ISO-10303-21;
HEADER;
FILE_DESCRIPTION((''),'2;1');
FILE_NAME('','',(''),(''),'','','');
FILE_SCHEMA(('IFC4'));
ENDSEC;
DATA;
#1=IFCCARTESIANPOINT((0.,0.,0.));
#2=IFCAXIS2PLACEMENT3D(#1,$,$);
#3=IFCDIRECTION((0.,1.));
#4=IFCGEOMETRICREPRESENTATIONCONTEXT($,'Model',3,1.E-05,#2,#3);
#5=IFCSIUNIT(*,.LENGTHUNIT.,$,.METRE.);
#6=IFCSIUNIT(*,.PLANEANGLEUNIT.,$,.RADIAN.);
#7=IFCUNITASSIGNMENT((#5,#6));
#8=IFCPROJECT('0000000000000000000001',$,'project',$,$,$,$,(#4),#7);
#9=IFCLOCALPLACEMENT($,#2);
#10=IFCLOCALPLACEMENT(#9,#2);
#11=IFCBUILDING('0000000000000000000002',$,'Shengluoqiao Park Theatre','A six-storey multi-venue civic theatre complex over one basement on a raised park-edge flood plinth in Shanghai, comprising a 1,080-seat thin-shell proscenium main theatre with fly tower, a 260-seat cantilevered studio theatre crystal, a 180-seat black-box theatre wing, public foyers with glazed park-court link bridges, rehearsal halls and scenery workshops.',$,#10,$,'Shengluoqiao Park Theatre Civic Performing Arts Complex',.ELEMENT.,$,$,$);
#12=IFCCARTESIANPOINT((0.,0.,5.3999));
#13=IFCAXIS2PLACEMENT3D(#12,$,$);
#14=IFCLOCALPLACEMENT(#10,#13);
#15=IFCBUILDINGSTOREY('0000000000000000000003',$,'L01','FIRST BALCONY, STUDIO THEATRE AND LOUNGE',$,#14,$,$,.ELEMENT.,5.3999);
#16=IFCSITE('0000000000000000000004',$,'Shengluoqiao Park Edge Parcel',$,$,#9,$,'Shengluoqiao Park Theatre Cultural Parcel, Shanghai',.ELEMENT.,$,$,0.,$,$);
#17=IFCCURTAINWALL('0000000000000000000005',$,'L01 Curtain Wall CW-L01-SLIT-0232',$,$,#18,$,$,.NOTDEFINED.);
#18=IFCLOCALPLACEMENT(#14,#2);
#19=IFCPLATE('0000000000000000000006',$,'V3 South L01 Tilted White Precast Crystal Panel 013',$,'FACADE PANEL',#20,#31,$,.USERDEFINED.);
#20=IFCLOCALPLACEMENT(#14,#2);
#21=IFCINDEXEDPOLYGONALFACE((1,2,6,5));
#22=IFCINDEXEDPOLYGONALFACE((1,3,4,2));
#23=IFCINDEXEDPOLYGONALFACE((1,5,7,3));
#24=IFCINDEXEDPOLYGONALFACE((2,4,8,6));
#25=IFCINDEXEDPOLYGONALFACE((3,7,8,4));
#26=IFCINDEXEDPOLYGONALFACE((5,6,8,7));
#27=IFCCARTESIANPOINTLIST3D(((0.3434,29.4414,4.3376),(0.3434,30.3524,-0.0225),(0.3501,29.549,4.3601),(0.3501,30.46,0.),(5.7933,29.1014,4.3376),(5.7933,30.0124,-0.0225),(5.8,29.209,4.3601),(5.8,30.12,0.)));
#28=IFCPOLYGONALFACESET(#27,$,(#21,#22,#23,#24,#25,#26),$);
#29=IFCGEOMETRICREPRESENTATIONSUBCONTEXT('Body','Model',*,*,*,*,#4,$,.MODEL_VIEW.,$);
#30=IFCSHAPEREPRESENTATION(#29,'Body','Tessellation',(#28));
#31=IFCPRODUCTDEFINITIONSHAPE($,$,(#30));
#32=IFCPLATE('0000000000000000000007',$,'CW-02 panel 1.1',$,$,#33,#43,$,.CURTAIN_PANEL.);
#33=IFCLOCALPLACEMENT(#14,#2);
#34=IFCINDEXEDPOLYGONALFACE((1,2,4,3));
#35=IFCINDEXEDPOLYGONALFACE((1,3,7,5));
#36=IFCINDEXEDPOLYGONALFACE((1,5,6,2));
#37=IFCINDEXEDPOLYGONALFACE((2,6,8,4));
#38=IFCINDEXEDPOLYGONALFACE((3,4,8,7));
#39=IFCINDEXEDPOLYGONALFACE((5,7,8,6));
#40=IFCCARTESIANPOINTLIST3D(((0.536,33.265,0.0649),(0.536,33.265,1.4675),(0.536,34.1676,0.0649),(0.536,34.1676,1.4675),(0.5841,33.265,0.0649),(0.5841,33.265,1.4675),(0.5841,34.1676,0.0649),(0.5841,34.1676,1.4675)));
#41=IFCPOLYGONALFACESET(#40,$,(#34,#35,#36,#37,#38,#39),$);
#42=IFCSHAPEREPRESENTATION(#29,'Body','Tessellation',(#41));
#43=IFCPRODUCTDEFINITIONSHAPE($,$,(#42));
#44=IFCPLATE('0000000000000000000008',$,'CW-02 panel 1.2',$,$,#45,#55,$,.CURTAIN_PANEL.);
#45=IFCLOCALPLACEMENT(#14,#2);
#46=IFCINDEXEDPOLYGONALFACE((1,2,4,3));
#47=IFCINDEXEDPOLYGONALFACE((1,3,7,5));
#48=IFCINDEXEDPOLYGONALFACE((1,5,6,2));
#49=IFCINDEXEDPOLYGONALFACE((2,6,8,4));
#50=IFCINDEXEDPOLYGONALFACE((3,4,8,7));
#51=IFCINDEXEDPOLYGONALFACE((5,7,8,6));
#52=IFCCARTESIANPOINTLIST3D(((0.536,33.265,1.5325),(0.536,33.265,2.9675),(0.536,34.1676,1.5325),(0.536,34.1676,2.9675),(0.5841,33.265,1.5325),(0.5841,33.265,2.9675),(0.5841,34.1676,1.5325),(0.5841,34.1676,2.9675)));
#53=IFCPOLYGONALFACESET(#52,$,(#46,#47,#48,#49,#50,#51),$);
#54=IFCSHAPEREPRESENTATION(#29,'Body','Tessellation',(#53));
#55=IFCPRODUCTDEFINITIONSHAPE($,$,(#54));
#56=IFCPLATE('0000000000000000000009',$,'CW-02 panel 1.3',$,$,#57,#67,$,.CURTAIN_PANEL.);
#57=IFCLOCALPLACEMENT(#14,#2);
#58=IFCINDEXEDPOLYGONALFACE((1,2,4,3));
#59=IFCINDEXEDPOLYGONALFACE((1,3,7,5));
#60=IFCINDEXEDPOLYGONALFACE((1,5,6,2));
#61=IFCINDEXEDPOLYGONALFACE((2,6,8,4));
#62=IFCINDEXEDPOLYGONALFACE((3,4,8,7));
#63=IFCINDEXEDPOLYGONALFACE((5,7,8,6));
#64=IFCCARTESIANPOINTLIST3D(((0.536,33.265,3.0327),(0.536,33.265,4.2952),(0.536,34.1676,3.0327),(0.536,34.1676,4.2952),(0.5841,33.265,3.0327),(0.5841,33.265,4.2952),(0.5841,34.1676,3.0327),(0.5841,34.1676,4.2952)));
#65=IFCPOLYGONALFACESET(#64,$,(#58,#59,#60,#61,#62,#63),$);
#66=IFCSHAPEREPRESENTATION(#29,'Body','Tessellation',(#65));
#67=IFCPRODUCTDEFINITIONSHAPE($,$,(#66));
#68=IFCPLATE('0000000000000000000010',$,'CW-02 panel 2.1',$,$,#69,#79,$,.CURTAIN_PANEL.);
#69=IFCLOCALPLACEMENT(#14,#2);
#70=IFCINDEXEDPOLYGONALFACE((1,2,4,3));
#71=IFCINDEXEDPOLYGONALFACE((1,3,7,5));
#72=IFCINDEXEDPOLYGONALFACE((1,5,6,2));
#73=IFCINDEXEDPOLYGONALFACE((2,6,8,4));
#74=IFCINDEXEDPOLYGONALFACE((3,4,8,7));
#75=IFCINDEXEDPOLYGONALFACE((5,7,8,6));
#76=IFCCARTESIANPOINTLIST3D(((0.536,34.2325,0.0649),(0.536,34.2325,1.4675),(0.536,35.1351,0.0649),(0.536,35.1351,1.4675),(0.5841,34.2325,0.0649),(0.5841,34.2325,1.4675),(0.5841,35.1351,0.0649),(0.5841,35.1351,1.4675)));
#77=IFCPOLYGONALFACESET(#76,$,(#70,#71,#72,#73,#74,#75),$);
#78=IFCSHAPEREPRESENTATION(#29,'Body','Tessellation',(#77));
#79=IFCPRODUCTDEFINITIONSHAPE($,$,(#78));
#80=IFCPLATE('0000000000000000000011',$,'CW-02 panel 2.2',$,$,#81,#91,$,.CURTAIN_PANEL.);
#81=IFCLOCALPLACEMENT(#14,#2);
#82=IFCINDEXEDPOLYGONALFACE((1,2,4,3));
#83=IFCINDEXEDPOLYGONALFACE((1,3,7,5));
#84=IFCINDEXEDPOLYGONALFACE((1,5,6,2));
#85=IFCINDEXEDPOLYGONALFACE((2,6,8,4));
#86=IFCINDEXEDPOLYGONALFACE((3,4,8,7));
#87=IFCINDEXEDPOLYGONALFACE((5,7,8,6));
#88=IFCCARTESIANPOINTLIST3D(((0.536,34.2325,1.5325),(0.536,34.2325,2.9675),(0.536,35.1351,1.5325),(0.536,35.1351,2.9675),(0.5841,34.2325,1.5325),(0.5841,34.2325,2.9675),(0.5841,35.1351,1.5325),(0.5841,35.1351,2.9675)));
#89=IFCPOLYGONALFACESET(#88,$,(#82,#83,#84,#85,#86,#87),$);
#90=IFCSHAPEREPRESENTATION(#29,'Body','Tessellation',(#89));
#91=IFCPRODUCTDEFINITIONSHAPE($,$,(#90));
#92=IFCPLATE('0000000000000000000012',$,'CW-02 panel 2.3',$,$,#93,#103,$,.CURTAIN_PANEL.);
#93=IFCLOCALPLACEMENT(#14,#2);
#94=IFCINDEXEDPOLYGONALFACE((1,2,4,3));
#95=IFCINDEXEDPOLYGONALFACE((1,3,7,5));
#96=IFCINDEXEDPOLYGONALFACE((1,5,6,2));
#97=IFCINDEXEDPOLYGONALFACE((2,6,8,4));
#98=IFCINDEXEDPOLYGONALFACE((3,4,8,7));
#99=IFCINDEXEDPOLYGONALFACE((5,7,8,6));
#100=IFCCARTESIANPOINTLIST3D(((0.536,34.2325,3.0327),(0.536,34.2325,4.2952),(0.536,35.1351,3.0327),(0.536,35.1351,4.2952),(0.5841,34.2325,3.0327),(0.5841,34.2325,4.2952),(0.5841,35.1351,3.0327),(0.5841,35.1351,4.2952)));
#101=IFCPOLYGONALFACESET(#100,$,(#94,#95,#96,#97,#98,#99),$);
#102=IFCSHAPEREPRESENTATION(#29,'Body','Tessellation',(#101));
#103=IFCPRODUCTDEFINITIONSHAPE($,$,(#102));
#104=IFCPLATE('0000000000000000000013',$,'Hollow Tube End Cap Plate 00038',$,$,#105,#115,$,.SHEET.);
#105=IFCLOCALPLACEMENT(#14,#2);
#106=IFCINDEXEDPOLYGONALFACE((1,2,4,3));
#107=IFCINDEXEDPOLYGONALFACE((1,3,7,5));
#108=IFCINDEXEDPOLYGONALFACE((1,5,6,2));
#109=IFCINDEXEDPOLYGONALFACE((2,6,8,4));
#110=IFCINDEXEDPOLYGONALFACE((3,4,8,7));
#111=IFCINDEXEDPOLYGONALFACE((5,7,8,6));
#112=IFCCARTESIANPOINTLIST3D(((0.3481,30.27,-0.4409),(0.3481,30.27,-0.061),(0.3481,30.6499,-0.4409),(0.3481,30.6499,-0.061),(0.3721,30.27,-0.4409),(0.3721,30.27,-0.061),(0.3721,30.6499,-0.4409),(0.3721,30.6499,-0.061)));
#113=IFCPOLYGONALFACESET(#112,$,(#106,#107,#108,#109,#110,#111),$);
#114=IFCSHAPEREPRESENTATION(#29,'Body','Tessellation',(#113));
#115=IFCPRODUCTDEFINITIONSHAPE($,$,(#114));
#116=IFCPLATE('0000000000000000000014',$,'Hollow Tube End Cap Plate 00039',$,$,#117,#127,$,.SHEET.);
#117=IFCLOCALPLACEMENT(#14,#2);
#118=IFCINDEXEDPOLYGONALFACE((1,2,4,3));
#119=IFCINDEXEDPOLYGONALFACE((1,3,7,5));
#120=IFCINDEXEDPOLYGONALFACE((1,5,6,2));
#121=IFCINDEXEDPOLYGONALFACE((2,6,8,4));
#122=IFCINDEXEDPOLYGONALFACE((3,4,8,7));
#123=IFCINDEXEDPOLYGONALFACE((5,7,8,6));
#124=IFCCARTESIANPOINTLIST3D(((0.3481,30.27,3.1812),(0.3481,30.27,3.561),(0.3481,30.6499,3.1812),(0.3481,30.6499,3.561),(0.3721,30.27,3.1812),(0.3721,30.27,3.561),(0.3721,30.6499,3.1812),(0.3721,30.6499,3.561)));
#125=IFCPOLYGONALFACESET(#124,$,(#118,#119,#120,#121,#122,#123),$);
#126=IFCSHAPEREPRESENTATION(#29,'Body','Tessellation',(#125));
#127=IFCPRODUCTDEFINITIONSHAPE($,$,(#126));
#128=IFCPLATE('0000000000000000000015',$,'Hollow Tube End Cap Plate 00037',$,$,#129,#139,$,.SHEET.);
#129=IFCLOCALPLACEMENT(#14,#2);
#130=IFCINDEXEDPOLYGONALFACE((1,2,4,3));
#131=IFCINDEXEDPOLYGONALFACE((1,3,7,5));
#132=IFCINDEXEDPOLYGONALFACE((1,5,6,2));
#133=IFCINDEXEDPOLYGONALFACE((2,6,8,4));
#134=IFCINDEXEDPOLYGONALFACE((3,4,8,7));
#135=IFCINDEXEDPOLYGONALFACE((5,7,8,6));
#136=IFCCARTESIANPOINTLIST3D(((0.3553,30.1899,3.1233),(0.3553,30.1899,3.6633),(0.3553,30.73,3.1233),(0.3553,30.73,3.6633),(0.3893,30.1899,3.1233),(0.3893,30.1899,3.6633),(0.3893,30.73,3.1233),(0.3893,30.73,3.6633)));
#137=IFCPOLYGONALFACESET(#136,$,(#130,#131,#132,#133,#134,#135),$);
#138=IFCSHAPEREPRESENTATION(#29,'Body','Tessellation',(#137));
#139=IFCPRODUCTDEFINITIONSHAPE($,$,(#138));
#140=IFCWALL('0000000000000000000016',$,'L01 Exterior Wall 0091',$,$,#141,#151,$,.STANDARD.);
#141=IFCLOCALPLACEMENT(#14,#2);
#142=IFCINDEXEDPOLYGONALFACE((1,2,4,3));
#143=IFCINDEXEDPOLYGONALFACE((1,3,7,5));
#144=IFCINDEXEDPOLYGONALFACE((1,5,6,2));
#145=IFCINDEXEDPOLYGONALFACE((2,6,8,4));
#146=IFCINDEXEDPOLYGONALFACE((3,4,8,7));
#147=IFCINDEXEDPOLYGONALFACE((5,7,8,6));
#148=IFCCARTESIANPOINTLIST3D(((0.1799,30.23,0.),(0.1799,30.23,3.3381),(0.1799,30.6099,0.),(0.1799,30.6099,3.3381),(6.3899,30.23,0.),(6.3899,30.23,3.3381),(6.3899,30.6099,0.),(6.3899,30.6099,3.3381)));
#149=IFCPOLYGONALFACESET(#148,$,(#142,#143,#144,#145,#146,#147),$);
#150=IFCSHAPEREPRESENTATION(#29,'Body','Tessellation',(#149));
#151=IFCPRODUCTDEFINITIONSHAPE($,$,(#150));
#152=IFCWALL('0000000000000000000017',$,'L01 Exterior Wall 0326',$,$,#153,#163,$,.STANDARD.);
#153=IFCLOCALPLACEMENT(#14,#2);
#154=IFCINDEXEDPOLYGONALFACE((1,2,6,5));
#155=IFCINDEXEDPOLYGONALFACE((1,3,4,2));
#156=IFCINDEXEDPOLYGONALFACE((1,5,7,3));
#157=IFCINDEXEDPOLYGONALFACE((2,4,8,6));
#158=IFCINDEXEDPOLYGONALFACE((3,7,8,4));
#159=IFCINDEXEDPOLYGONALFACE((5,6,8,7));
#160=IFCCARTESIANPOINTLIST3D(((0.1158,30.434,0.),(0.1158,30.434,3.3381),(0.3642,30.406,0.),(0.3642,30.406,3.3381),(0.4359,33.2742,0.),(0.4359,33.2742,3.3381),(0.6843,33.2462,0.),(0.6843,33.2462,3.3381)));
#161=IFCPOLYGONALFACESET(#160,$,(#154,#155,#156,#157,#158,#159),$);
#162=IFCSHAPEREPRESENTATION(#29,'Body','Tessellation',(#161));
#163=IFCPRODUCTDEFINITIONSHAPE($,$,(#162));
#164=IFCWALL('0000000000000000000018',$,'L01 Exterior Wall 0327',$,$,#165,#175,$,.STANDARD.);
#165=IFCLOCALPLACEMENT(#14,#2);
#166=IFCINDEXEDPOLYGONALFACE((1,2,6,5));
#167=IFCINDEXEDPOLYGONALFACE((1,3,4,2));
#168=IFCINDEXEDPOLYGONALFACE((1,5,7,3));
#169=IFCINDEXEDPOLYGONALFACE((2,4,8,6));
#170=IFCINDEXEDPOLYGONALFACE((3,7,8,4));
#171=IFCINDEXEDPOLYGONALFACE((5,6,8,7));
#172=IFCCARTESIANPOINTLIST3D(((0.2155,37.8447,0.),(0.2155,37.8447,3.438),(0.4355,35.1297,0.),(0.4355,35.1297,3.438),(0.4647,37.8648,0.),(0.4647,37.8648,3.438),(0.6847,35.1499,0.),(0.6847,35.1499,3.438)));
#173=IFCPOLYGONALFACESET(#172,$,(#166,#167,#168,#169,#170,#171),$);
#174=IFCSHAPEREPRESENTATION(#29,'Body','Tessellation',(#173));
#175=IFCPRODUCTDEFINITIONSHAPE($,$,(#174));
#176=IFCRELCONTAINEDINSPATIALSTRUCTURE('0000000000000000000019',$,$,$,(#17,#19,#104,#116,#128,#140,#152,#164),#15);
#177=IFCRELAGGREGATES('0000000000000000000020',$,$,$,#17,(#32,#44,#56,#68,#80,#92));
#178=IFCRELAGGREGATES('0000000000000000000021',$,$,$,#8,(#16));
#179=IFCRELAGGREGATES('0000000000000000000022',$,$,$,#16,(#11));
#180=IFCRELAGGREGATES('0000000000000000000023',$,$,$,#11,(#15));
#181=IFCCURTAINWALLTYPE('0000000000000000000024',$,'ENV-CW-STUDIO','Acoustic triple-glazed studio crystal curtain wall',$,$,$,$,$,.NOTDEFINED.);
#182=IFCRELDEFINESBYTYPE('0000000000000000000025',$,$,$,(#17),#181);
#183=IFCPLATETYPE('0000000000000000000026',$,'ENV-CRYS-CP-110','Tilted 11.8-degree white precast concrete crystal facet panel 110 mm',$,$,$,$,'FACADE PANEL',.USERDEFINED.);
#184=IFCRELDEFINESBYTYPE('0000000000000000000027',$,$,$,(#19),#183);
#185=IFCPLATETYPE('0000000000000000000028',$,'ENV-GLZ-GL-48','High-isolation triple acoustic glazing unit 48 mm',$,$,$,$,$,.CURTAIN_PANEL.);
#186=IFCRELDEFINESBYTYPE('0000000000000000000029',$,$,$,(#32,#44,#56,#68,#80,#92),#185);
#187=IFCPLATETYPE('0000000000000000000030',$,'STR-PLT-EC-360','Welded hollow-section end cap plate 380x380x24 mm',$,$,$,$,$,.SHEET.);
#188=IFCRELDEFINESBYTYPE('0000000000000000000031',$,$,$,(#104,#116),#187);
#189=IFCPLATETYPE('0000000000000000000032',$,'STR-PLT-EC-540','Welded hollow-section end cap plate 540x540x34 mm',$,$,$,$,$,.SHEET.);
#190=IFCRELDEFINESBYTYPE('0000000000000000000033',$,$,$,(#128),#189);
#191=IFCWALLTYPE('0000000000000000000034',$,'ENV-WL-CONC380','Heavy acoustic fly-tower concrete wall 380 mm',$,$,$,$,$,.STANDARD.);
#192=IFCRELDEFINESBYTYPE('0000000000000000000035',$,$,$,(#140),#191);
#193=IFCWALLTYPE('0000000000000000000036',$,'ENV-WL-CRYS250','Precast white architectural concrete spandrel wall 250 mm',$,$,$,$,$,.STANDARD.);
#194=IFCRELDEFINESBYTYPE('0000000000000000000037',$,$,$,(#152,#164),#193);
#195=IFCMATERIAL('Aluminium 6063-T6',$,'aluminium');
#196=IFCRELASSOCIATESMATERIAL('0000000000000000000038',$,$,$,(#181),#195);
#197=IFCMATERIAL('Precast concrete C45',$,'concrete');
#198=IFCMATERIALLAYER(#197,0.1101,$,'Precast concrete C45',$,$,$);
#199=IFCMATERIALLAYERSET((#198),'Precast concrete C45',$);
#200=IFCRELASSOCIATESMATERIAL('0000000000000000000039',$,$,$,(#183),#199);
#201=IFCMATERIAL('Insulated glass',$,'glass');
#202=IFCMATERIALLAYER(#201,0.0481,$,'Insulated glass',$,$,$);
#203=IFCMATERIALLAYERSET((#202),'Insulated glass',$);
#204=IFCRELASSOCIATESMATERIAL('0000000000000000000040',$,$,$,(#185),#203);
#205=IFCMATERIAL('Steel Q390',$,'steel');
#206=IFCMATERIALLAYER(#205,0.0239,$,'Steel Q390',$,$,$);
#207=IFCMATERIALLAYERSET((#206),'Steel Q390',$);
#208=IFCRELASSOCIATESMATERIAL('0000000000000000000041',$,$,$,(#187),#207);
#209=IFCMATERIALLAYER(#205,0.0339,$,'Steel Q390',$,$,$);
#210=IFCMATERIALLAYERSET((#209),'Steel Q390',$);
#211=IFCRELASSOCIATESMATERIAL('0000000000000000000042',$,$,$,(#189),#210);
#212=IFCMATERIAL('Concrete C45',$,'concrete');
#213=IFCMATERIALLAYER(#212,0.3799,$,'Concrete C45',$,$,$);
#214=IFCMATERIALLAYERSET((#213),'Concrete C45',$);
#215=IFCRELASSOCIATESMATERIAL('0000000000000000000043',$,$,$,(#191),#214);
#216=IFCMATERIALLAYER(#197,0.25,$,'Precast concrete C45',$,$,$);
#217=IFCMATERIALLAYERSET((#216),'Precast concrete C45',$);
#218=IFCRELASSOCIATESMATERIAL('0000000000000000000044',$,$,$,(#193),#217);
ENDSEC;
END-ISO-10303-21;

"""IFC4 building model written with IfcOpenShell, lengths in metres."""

from ifc_helpers import new_model, si_unit, direction, frame, frame_2d, origin, origin_2d, place, context, subcontext, project, spatial, polyline, rectangle, outline, extrude, material, layer, layer_set, type_object, element, aggregate, save


model = new_model("IFC4")

# Units and contexts
model_context = context("Model", 3, precision=1e-05, world=origin(), true_north=direction((0.0, 1.0)))
body_context = subcontext(model_context, "Body", "Model", "MODEL_VIEW")
ifc_project = project(units=[si_unit("LENGTHUNIT", "METRE"), si_unit("PLANEANGLEUNIT", "RADIAN")], contexts=[model_context])

# Site, building, storey
site_placement = place(None, origin())
site = spatial("IfcSite", under=ifc_project, at=site_placement, Name="Shengluoqiao Park Edge Parcel", LongName="Shengluoqiao Park Theatre Cultural Parcel, Shanghai", CompositionType="ELEMENT", RefElevation=0.0)
building_placement = place(site_placement, origin())
building = spatial("IfcBuilding", under=site, at=building_placement, Name="Shengluoqiao Park Theatre", Description="A six-storey multi-venue civic theatre complex over one basement on a raised park-edge flood plinth in Shanghai, comprising a 1,080-seat thin-shell proscenium main theatre with fly tower, a 260-seat cantilevered studio theatre crystal, a 180-seat black-box theatre wing, public foyers with glazed park-court link bridges, rehearsal halls and scenery workshops.", LongName="Shengluoqiao Park Theatre Civic Performing Arts Complex", CompositionType="ELEMENT")
storey_placement = place(building_placement, frame((0.0, 0.0, 5.3999)))
storey = spatial("IfcBuildingStorey", under=building, at=storey_placement, Name="L01", Description="FIRST BALCONY, STUDIO THEATRE AND LOUNGE", CompositionType="ELEMENT", Elevation=5.3999)

# Curtain wall
ifc_material_1 = material(Name="Aluminium 6063-T6", Category="aluminium")
curtain_wall_type = type_object("IfcCurtainWallType", Name="ENV-CW-STUDIO", Description="Acoustic triple-glazed studio crystal curtain wall", PredefinedType="NOTDEFINED", material=ifc_material_1)
curtain_wall_placement = place(storey_placement, origin())
curtain_wall = element("IfcCurtainWall", 1, at=curtain_wall_placement, inside=storey, type_object=curtain_wall_type, Name="L01 Curtain Wall CW-L01-SLIT-0232", PredefinedType="NOTDEFINED")

# Shared definitions
ifc_material_2 = material(Name="Steel Q390", Category="steel")

# Plate
ifc_material_3 = material(Name="Precast concrete C45", Category="concrete")
ifc_layer_1 = layer(ifc_material_3, 0.1101, Name="Precast concrete C45")
ifc_layer_set_1 = layer_set([ifc_layer_1], Name="Precast concrete C45")
plate_type_1 = type_object("IfcPlateType", Name="ENV-CRYS-CP-110", Description="Tilted 11.8-degree white precast concrete crystal facet panel 110 mm", ElementType="FACADE PANEL", PredefinedType="USERDEFINED", material=ifc_layer_set_1)
plate_1_placement = place(storey_placement, frame((0.3501, 30.46, 0.0), z_axis=(0.060947, 0.977042, 0.204145), x_axis=(0.99806, -0.062258, -0.000004)))
element("IfcPlate", 2, at=plate_1_placement, inside=storey, type_object=plate_type_1, Name="V3 South L01 Tilted White Precast Crystal Panel 013", ObjectType="FACADE PANEL", PredefinedType="USERDEFINED", context=body_context, shape_type="SweptSolid", body=[
    extrude(outline(polyline([(0.0, 0.0), (5.4605, 0.0), (5.5172, -4.4539), (0.0567, -4.4539), (0.0, 0.0)])), origin(), (0.0, 0.0, -1.0), 0.1101),
])

# Plates
ifc_material_4 = material(Name="Insulated glass", Category="glass")
ifc_layer_2 = layer(ifc_material_4, 0.0481, Name="Insulated glass")
ifc_layer_set_2 = layer_set([ifc_layer_2], Name="Insulated glass")
plate_type_2 = type_object("IfcPlateType", Name="ENV-GLZ-GL-48", Description="High-isolation triple acoustic glazing unit 48 mm", PredefinedType="CURTAIN_PANEL", material=ifc_layer_set_2)
plate_2_placement = place(storey_placement, frame((0.5601, 33.7163, 0.0649), z_axis=(0.0, 0.0, 1.0), x_axis=(0.0, 1.0, 0.0)))
plate_2 = element("IfcPlate", 3, at=plate_2_placement, type_object=plate_type_2, Name="CW-02 panel 1.1", PredefinedType="CURTAIN_PANEL", context=body_context, shape_type="SweptSolid", body=[
    extrude(rectangle(XDim=0.9026, YDim=0.0481, at=origin_2d()), origin(), (0.0, 0.0, 1.0), 1.4026),
])
plate_3_placement = place(storey_placement, frame((0.5601, 33.7163, 1.5325), z_axis=(0.0, 0.0, 1.0), x_axis=(0.0, 1.0, 0.0)))
plate_3 = element("IfcPlate", 4, at=plate_3_placement, type_object=plate_type_2, Name="CW-02 panel 1.2", PredefinedType="CURTAIN_PANEL", context=body_context, shape_type="SweptSolid", body=[
    extrude(rectangle(XDim=0.9026, YDim=0.0481, at=origin_2d()), origin(), (0.0, 0.0, 1.0), 1.4351),
])
plate_4_placement = place(storey_placement, frame((0.5601, 33.7163, 3.0327), z_axis=(0.0, 0.0, 1.0), x_axis=(0.0, 1.0, 0.0)))
plate_4 = element("IfcPlate", 5, at=plate_4_placement, type_object=plate_type_2, Name="CW-02 panel 1.3", PredefinedType="CURTAIN_PANEL", context=body_context, shape_type="SweptSolid", body=[
    extrude(rectangle(XDim=0.9026, YDim=0.0481, at=origin_2d()), origin(), (0.0, 0.0, 1.0), 1.2625),
])
plate_5_placement = place(storey_placement, frame((0.5601, 34.6838, 0.0649), z_axis=(0.0, 0.0, 1.0), x_axis=(0.0, 1.0, 0.0)))
plate_5 = element("IfcPlate", 6, at=plate_5_placement, type_object=plate_type_2, Name="CW-02 panel 2.1", PredefinedType="CURTAIN_PANEL", context=body_context, shape_type="SweptSolid", body=[
    extrude(rectangle(XDim=0.9026, YDim=0.0481, at=origin_2d()), origin(), (0.0, 0.0, 1.0), 1.4026),
])
plate_6_placement = place(storey_placement, frame((0.5601, 34.6838, 1.5325), z_axis=(0.0, 0.0, 1.0), x_axis=(0.0, 1.0, 0.0)))
plate_6 = element("IfcPlate", 7, at=plate_6_placement, type_object=plate_type_2, Name="CW-02 panel 2.2", PredefinedType="CURTAIN_PANEL", context=body_context, shape_type="SweptSolid", body=[
    extrude(rectangle(XDim=0.9026, YDim=0.0481, at=origin_2d()), origin(), (0.0, 0.0, 1.0), 1.4351),
])
plate_7_placement = place(storey_placement, frame((0.5601, 34.6838, 3.0327), z_axis=(0.0, 0.0, 1.0), x_axis=(0.0, 1.0, 0.0)))
plate_7 = element("IfcPlate", 8, at=plate_7_placement, type_object=plate_type_2, Name="CW-02 panel 2.3", PredefinedType="CURTAIN_PANEL", context=body_context, shape_type="SweptSolid", body=[
    extrude(rectangle(XDim=0.9026, YDim=0.0481, at=origin_2d()), origin(), (0.0, 0.0, 1.0), 1.2625),
])
aggregate(curtain_wall, [plate_2, plate_3, plate_4, plate_5, plate_6, plate_7])

# Plates
ifc_layer_3 = layer(ifc_material_2, 0.0239, Name="Steel Q390")
ifc_layer_set_3 = layer_set([ifc_layer_3], Name="Steel Q390")
plate_type_3 = type_object("IfcPlateType", Name="STR-PLT-EC-360", Description="Welded hollow-section end cap plate 380x380x24 mm", PredefinedType="SHEET", material=ifc_layer_set_3)
for number, where, z_axis, x_axis, name in (
    (9, (0.3601, 30.46, -0.4409), (0.0, 0.0, 1.0), (1.0, 0.0, 0.0), "Hollow Tube End Cap Plate 00038"),
    (10, (0.3601, 30.46, 3.1812), (0.0, 0.0, 1.0), (1.0, 0.0, 0.0), "Hollow Tube End Cap Plate 00039"),
):
    element("IfcPlate", number, at=place(storey_placement, frame(where, z_axis=z_axis, x_axis=x_axis)), inside=storey, type_object=plate_type_3, Name=name, PredefinedType="SHEET", context=body_context, shape_type="SweptSolid", body=[
        extrude(rectangle(XDim=0.0239, YDim=0.3799, at=origin_2d()), origin(), (0.0, 0.0, 1.0), 0.3799),
    ])
ifc_layer_4 = layer(ifc_material_2, 0.0339, Name="Steel Q390")
ifc_layer_set_4 = layer_set([ifc_layer_4], Name="Steel Q390")
plate_type_4 = type_object("IfcPlateType", Name="STR-PLT-EC-540", Description="Welded hollow-section end cap plate 540x540x34 mm", PredefinedType="SHEET", material=ifc_layer_set_4)
plate_8_placement = place(storey_placement, frame((0.3723, 30.46, 3.1233), z_axis=(0.0, 0.0, 1.0), x_axis=(-1.0, 0.0, 0.0)))
element("IfcPlate", 11, at=plate_8_placement, inside=storey, type_object=plate_type_4, Name="Hollow Tube End Cap Plate 00037", PredefinedType="SHEET", context=body_context, shape_type="SweptSolid", body=[
    extrude(rectangle(XDim=0.0339, YDim=0.54, at=origin_2d()), origin(), (0.0, 0.0, 1.0), 0.54),
])

# Walls
ifc_material_5 = material(Name="Concrete C45", Category="concrete")
ifc_layer_5 = layer(ifc_material_5, 0.3799, Name="Concrete C45")
ifc_layer_set_5 = layer_set([ifc_layer_5], Name="Concrete C45")
wall_type_1 = type_object("IfcWallType", Name="ENV-WL-CONC380", Description="Heavy acoustic fly-tower concrete wall 380 mm", PredefinedType="STANDARD", material=ifc_layer_set_5)
wall_1_placement = place(storey_placement, frame((0.1799, 30.4199, 0.0), z_axis=(0.0, 0.0, 1.0), x_axis=(1.0, 0.0, 0.0)))
element("IfcWall", 12, at=wall_1_placement, inside=storey, type_object=wall_type_1, Name="L01 Exterior Wall 0091", PredefinedType="STANDARD", context=body_context, shape_type="SweptSolid", body=[
    extrude(rectangle(XDim=6.21, YDim=0.3799, at=frame_2d((3.105, 0.0))), origin(), (0.0, 0.0, 1.0), 3.3381),
])
ifc_layer_6 = layer(ifc_material_3, 0.25, Name="Precast concrete C45")
ifc_layer_set_6 = layer_set([ifc_layer_6], Name="Precast concrete C45")
wall_type_2 = type_object("IfcWallType", Name="ENV-WL-CRYS250", Description="Precast white architectural concrete spandrel wall 250 mm", PredefinedType="STANDARD", material=ifc_layer_set_6)
wall_2_placement = place(storey_placement, frame((0.24, 30.4199, 0.0), z_axis=(0.0, 0.0, 1.0), x_axis=(0.111988, 0.99371, 0.0)))
element("IfcWall", 13, at=wall_2_placement, inside=storey, type_object=wall_type_2, Name="L01 Exterior Wall 0326", PredefinedType="STANDARD", context=body_context, shape_type="SweptSolid", body=[
    extrude(rectangle(XDim=2.8582, YDim=0.25, at=frame_2d((1.4292, 0.0))), origin(), (0.0, 0.0, 1.0), 3.3381),
])
wall_3_placement = place(storey_placement, frame((0.5601, 35.1399, 0.0), z_axis=(0.0, 0.0, 1.0), x_axis=(-0.080753, 0.996734, 0.0)))
element("IfcWall", 14, at=wall_3_placement, inside=storey, type_object=wall_type_2, Name="L01 Exterior Wall 0327", PredefinedType="STANDARD", context=body_context, shape_type="SweptSolid", body=[
    extrude(rectangle(XDim=2.7239, YDim=0.25, at=frame_2d((1.3618, 0.0))), origin(), (0.0, 0.0, 1.0), 3.438),
])

save(model, "model.ifc")
